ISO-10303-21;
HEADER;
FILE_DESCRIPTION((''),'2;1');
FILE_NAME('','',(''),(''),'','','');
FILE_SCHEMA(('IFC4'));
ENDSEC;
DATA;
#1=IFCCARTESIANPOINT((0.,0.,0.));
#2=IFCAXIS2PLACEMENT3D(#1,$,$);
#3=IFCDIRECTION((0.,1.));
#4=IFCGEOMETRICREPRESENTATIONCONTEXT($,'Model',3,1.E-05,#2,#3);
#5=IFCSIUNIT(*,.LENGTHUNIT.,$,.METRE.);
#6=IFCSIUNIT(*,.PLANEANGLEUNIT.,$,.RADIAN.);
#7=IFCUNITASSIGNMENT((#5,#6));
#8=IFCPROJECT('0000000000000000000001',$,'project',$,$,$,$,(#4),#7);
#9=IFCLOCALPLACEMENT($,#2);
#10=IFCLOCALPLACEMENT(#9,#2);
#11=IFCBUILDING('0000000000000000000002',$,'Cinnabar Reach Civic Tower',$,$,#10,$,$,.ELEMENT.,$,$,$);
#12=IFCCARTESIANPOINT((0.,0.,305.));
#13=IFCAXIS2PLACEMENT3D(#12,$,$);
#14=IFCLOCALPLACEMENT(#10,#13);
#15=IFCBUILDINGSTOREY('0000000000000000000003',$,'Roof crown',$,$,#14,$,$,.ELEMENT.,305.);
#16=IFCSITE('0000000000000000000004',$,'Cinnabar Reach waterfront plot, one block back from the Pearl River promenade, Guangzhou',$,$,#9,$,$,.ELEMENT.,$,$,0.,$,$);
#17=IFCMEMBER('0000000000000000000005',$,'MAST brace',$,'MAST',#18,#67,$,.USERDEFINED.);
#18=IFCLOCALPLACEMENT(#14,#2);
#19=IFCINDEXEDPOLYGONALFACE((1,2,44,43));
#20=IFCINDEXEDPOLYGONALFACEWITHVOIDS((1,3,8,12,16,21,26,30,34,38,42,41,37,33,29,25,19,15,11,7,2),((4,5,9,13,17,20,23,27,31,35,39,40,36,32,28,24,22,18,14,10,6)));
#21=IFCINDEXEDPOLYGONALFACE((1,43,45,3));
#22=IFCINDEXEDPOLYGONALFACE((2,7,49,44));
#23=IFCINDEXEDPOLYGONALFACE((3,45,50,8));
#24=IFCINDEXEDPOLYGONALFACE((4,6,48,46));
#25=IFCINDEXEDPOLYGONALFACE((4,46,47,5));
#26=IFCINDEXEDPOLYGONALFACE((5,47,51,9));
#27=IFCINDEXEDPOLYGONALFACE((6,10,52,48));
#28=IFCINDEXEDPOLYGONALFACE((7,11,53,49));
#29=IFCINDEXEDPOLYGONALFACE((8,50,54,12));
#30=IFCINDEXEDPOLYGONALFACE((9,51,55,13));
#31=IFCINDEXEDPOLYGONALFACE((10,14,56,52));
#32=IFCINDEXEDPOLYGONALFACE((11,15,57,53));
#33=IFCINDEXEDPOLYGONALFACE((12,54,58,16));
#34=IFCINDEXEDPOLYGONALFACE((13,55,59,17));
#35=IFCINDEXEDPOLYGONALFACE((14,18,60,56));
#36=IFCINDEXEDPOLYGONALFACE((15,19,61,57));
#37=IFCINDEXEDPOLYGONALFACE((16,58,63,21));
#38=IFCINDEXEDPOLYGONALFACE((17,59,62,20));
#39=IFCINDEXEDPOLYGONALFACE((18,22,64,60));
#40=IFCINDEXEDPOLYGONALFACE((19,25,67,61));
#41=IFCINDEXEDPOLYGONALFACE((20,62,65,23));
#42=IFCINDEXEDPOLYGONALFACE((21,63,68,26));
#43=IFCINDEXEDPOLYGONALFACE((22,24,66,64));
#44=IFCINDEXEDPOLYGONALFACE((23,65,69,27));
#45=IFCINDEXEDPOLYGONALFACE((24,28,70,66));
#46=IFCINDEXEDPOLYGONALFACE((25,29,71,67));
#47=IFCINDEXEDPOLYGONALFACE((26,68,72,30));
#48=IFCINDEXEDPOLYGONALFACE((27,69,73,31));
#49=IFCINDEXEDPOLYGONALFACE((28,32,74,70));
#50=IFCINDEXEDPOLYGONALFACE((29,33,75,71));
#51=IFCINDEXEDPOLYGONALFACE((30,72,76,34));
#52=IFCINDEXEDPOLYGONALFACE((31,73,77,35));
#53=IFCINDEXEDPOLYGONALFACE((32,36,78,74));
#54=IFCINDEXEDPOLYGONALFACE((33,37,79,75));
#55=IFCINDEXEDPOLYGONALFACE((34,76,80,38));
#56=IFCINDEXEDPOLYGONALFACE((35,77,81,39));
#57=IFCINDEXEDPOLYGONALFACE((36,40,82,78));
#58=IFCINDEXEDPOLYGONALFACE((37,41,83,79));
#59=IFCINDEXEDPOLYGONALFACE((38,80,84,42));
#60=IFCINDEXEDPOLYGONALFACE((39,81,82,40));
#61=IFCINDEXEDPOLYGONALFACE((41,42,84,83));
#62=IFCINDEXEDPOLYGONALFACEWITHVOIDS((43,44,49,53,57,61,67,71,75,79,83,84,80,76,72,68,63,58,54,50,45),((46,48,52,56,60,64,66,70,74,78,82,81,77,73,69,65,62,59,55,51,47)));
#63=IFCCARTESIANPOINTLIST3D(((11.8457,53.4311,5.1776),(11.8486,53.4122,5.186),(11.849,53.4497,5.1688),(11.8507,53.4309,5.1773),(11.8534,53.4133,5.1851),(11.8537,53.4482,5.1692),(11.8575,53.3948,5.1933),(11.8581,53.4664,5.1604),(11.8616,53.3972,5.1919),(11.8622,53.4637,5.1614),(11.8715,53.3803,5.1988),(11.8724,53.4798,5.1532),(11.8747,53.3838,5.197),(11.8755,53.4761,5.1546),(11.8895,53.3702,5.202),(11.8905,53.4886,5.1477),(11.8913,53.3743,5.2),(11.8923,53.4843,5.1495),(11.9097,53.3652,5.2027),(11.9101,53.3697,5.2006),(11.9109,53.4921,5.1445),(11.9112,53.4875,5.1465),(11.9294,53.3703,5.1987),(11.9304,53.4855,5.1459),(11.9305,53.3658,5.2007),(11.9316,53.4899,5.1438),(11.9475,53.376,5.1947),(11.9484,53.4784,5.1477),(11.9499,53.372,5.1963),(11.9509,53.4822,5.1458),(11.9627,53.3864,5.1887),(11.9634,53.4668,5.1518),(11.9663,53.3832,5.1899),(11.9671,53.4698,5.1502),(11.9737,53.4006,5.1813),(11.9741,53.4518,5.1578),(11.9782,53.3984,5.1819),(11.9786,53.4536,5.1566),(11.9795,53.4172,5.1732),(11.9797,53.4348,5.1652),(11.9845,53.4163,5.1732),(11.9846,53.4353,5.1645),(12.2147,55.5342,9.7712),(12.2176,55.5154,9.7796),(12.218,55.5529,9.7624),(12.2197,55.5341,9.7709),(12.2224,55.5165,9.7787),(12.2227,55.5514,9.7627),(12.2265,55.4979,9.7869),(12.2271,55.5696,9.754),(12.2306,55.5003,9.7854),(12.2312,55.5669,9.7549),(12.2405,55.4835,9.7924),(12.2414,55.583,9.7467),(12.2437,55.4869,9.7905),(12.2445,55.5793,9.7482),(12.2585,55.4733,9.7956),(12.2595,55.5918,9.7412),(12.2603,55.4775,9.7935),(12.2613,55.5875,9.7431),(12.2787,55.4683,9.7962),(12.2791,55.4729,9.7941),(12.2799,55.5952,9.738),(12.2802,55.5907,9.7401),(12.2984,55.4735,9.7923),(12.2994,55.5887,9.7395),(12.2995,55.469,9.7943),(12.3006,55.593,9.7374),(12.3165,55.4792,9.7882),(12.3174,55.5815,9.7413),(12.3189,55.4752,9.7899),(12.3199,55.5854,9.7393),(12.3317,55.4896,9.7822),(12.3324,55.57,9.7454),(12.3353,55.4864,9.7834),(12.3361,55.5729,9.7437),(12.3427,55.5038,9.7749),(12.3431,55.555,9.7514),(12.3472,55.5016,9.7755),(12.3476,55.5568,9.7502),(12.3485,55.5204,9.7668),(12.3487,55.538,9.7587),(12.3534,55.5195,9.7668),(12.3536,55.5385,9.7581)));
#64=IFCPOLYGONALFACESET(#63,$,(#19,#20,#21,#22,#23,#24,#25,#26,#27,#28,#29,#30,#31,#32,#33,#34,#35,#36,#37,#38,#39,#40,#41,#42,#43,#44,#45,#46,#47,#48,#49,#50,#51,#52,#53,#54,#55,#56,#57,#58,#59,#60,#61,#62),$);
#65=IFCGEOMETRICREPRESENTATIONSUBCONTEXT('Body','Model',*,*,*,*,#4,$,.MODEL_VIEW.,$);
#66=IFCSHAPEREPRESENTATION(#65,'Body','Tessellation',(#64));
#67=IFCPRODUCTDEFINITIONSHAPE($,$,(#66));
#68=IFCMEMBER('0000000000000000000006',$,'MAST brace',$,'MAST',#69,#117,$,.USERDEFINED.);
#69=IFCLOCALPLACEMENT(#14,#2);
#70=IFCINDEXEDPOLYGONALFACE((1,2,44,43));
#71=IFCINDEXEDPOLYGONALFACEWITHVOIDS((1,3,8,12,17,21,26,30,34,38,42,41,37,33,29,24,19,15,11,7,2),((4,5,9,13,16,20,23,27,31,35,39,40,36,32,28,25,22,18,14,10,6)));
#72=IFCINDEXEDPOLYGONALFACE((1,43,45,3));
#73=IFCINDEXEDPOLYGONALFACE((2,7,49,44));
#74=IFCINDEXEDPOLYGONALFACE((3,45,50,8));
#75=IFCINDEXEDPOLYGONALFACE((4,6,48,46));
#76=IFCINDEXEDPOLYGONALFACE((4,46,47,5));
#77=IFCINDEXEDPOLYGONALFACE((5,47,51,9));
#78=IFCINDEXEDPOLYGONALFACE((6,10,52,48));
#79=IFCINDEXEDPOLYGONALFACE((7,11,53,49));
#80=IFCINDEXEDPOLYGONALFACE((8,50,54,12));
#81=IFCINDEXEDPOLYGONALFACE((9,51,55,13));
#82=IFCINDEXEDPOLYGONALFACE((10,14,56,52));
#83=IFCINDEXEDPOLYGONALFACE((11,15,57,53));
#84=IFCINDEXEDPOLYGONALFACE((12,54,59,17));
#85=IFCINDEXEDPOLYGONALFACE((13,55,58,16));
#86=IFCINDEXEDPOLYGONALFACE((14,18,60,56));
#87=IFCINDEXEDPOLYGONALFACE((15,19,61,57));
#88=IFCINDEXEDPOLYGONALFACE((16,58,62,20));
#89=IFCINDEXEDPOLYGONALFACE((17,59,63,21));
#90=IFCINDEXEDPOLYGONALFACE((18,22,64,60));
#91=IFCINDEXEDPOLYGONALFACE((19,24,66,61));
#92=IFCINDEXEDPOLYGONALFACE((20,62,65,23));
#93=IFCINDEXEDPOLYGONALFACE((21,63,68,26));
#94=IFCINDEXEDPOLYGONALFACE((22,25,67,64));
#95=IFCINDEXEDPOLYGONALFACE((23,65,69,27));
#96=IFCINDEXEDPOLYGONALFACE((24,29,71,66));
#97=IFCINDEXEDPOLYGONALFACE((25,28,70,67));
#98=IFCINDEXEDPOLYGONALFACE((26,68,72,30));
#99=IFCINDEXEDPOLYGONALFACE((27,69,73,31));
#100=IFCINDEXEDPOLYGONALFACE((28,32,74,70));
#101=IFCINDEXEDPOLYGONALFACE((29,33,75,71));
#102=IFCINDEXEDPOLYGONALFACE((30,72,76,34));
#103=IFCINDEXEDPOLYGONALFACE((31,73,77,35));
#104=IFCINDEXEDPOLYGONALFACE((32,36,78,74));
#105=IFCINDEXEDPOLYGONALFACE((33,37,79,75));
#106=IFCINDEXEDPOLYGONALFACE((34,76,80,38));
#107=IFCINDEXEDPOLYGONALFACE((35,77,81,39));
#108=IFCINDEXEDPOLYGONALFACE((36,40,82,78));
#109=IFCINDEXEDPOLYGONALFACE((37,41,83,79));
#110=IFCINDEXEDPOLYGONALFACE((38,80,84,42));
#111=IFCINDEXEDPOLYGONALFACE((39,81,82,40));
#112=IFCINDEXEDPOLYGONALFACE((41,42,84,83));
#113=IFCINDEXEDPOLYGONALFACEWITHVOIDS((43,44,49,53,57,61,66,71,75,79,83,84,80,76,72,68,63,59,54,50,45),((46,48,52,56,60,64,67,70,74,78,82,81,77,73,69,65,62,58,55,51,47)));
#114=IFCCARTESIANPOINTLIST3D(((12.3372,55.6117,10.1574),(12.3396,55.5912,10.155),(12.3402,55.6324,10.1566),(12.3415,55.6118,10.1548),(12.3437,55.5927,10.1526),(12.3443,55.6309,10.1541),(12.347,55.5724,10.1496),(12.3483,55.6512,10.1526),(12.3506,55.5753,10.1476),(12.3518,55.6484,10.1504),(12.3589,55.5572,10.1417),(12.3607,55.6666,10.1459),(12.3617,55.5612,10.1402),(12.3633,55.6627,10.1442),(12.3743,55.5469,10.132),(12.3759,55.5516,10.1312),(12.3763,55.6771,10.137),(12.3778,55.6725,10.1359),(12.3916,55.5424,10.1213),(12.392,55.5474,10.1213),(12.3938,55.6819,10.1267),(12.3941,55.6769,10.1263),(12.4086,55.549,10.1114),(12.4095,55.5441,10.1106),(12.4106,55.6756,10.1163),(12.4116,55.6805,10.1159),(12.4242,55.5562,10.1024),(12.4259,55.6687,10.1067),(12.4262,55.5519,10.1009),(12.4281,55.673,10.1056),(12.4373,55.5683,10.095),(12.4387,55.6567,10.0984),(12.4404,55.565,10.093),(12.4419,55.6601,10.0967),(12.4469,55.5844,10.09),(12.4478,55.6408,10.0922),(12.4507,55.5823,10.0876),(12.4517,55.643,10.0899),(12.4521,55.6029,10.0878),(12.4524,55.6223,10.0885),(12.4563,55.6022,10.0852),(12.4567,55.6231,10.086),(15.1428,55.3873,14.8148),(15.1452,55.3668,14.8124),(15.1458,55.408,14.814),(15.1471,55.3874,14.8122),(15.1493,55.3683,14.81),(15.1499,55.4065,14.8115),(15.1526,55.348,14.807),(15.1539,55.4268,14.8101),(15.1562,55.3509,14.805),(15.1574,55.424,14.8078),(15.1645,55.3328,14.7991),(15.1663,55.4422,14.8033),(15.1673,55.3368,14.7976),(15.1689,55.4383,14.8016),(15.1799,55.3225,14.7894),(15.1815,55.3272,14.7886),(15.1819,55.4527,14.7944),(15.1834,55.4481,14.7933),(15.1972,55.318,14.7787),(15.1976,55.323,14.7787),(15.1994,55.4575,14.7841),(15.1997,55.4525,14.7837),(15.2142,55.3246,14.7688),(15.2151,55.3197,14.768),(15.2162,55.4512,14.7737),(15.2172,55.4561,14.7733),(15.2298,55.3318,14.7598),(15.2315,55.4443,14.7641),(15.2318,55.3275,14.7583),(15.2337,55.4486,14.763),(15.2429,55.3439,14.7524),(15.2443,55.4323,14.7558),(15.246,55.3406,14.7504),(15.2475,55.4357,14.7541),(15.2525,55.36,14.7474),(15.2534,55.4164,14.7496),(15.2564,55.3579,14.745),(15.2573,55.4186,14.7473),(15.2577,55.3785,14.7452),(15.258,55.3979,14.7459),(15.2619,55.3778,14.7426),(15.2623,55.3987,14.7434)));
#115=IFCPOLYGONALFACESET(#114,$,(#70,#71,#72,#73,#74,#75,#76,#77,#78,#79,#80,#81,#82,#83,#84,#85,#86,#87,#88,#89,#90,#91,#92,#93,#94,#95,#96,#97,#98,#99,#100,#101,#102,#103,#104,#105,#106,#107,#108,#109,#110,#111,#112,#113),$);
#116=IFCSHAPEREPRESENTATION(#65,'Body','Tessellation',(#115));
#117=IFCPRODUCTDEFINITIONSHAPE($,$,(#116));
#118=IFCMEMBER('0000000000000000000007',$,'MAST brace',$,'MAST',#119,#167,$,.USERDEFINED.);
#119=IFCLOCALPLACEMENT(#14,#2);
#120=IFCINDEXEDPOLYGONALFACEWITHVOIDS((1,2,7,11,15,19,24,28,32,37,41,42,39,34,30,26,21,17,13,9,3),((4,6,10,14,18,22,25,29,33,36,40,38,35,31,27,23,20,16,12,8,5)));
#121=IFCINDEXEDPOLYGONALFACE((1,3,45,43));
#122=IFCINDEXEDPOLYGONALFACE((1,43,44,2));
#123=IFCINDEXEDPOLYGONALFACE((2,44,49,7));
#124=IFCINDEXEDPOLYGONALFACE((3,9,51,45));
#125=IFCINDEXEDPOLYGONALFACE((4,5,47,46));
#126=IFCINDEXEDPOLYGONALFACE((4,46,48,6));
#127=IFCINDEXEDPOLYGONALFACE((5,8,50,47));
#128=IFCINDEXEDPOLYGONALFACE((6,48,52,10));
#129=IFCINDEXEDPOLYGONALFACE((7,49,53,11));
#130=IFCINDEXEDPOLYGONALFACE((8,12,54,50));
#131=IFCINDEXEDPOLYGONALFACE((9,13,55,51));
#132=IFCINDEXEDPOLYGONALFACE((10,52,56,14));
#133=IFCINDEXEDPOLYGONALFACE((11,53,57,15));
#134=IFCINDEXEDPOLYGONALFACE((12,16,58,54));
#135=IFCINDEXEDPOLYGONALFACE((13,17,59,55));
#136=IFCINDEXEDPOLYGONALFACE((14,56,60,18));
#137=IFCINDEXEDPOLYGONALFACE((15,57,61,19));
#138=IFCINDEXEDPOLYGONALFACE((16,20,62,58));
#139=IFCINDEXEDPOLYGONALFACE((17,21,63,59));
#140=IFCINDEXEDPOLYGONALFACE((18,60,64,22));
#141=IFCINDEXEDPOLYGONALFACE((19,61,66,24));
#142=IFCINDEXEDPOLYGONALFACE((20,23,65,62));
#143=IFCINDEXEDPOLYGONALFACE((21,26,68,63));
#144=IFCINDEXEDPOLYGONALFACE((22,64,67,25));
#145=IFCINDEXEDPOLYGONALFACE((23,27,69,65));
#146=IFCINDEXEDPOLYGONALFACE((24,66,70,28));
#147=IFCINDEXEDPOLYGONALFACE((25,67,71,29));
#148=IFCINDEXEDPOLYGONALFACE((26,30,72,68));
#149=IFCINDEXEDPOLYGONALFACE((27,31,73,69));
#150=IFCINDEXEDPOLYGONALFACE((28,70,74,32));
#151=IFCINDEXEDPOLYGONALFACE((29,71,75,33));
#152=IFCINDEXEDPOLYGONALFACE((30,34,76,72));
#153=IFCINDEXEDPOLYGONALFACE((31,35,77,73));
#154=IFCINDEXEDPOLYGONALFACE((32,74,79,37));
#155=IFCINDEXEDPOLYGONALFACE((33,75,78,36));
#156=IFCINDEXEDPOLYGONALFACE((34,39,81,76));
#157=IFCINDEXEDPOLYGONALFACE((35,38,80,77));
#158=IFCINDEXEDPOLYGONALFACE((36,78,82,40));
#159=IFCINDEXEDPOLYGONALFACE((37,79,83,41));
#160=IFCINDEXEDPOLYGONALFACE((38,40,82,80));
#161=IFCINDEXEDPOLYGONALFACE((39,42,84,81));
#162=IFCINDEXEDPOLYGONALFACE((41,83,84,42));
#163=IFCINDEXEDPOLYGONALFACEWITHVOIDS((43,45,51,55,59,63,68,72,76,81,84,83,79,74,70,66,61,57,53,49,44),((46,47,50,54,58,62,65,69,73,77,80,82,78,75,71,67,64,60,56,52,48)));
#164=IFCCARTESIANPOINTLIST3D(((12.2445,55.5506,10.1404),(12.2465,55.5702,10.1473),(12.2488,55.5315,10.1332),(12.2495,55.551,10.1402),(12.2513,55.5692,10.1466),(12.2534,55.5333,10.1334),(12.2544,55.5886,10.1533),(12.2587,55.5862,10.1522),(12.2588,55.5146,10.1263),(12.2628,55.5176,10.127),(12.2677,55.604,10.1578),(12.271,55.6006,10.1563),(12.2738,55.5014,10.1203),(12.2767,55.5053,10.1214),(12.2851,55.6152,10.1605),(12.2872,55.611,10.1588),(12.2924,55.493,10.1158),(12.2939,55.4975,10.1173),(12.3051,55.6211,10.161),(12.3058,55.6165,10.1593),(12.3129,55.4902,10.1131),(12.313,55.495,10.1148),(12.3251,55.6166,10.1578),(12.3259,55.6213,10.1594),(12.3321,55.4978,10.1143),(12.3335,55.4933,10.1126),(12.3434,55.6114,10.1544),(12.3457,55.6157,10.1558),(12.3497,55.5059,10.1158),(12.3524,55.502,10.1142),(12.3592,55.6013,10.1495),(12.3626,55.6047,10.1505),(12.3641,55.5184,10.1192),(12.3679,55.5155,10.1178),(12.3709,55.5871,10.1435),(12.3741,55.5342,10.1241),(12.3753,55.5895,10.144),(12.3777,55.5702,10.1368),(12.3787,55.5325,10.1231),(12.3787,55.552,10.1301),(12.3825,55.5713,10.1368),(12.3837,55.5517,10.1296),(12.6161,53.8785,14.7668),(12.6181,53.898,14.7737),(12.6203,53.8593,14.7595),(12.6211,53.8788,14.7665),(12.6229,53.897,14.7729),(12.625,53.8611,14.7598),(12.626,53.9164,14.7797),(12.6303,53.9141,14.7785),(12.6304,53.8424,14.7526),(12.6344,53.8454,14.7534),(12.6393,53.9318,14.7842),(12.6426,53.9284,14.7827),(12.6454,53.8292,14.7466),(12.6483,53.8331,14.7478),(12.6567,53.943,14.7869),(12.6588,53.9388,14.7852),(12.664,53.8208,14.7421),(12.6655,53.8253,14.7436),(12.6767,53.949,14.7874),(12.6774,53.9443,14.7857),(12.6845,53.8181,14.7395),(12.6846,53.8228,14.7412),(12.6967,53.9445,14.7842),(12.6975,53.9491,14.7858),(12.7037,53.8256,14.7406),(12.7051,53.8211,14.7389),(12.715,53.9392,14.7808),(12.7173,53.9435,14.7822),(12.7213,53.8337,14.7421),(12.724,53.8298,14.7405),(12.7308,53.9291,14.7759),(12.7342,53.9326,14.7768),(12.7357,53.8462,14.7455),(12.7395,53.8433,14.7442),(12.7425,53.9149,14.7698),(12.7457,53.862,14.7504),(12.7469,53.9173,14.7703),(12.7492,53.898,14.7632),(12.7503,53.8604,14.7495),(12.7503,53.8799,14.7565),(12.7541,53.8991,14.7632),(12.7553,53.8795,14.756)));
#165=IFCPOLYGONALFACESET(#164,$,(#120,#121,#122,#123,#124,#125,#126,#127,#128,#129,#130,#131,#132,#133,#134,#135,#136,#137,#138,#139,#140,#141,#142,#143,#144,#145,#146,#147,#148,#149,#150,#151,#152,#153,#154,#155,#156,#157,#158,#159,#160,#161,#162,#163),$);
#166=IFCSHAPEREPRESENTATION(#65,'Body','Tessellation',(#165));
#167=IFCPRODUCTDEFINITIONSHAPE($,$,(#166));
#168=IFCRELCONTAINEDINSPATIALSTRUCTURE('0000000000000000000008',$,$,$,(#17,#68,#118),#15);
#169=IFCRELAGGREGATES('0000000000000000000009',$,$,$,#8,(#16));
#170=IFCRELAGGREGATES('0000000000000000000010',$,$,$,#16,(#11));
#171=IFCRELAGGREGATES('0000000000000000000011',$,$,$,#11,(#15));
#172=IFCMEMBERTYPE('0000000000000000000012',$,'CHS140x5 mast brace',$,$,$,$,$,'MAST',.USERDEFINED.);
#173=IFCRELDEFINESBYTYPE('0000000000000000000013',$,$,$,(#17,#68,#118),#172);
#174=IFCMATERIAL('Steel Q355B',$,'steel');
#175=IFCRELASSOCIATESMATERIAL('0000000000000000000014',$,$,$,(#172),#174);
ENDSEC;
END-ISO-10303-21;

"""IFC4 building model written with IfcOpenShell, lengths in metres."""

from ifc_helpers import new_model, si_unit, direction, frame, origin, origin_2d, place, context, subcontext, project, spatial, hollow_circle, extrude, material, material_profile, profile_set, type_object, element, save


model = new_model("IFC4")

# Units and contexts
model_context = context("Model", 3, precision=1e-05, world=origin(), true_north=direction((0.0, 1.0)))
body_context = subcontext(model_context, "Body", "Model", "MODEL_VIEW")
ifc_project = project(units=[si_unit("LENGTHUNIT", "METRE"), si_unit("PLANEANGLEUNIT", "RADIAN")], contexts=[model_context])

# Site, building, storey
site_placement = place(None, origin())
site = spatial("IfcSite", under=ifc_project, at=site_placement, Name="Cinnabar Reach waterfront plot, one block back from the Pearl River promenade, Guangzhou", CompositionType="ELEMENT", RefElevation=0.0)
building_placement = place(site_placement, origin())
building = spatial("IfcBuilding", under=site, at=building_placement, Name="Cinnabar Reach Civic Tower", CompositionType="ELEMENT")
storey_placement = place(building_placement, frame((0.0, 0.0, 305.0)))
storey = spatial("IfcBuildingStorey", under=building, at=storey_placement, Name="Roof crown", CompositionType="ELEMENT", Elevation=305.0)

# Members
ifc_material = material(Name="Steel Q355B", Category="steel")
ifc_material_profile_1 = material_profile(ifc_material, hollow_circle(Radius=0.07, WallThickness=0.005, at=origin_2d()), Name="CHS140x5")
ifc_profile_set_1 = profile_set([ifc_material_profile_1], Name="Steel Q355B")
member_type_1 = type_object("IfcMemberType", Name="CHS140x5 mast brace", ElementType="MAST", PredefinedType="USERDEFINED", material=ifc_profile_set_1)
member_1_placement = place(storey_placement, frame((12.2845, 55.5316, 9.7668), z_axis=(-0.072844, -0.415189, -0.906814), x_axis=(0.984956, -0.172807, 0.0)))
element("IfcMember", 1, at=member_1_placement, inside=storey, type_object=member_type_1, Name="MAST brace", ObjectType="MAST", PredefinedType="USERDEFINED", context=body_context, shape_type="SweptSolid", body=[
    extrude(hollow_circle(Radius=0.07, WallThickness=0.005, at=origin_2d()), origin(), (0.0, 0.0, 1.0), 5.0656),
])
member_2_placement = place(storey_placement, frame((15.2028, 55.3878, 14.7787), z_axis=(-0.515565, 0.041236, -0.855857), x_axis=(-0.079728, -0.996817, 0.0)))
element("IfcMember", 2, at=member_2_placement, inside=storey, type_object=member_type_1, Name="MAST brace", ObjectType="MAST", PredefinedType="USERDEFINED", context=body_context, shape_type="SweptSolid", body=[
    extrude(hollow_circle(Radius=0.07, WallThickness=0.005, at=origin_2d()), origin(), (0.0, 0.0, 1.0), 5.4418),
])
member_3_placement = place(storey_placement, frame((12.3142, 55.5561, 10.1368), z_axis=(0.075324, -0.338958, 0.937781), x_axis=(0.976187, 0.21693, 0.0)))
element("IfcMember", 3, at=member_3_placement, inside=storey, type_object=member_type_1, Name="MAST brace", ObjectType="MAST", PredefinedType="USERDEFINED", context=body_context, shape_type="SweptSolid", body=[
    extrude(hollow_circle(Radius=0.07, WallThickness=0.005, at=origin_2d()), origin(), (0.0, 0.0, 1.0), 4.9333),
])

save(model, "model.ifc")
